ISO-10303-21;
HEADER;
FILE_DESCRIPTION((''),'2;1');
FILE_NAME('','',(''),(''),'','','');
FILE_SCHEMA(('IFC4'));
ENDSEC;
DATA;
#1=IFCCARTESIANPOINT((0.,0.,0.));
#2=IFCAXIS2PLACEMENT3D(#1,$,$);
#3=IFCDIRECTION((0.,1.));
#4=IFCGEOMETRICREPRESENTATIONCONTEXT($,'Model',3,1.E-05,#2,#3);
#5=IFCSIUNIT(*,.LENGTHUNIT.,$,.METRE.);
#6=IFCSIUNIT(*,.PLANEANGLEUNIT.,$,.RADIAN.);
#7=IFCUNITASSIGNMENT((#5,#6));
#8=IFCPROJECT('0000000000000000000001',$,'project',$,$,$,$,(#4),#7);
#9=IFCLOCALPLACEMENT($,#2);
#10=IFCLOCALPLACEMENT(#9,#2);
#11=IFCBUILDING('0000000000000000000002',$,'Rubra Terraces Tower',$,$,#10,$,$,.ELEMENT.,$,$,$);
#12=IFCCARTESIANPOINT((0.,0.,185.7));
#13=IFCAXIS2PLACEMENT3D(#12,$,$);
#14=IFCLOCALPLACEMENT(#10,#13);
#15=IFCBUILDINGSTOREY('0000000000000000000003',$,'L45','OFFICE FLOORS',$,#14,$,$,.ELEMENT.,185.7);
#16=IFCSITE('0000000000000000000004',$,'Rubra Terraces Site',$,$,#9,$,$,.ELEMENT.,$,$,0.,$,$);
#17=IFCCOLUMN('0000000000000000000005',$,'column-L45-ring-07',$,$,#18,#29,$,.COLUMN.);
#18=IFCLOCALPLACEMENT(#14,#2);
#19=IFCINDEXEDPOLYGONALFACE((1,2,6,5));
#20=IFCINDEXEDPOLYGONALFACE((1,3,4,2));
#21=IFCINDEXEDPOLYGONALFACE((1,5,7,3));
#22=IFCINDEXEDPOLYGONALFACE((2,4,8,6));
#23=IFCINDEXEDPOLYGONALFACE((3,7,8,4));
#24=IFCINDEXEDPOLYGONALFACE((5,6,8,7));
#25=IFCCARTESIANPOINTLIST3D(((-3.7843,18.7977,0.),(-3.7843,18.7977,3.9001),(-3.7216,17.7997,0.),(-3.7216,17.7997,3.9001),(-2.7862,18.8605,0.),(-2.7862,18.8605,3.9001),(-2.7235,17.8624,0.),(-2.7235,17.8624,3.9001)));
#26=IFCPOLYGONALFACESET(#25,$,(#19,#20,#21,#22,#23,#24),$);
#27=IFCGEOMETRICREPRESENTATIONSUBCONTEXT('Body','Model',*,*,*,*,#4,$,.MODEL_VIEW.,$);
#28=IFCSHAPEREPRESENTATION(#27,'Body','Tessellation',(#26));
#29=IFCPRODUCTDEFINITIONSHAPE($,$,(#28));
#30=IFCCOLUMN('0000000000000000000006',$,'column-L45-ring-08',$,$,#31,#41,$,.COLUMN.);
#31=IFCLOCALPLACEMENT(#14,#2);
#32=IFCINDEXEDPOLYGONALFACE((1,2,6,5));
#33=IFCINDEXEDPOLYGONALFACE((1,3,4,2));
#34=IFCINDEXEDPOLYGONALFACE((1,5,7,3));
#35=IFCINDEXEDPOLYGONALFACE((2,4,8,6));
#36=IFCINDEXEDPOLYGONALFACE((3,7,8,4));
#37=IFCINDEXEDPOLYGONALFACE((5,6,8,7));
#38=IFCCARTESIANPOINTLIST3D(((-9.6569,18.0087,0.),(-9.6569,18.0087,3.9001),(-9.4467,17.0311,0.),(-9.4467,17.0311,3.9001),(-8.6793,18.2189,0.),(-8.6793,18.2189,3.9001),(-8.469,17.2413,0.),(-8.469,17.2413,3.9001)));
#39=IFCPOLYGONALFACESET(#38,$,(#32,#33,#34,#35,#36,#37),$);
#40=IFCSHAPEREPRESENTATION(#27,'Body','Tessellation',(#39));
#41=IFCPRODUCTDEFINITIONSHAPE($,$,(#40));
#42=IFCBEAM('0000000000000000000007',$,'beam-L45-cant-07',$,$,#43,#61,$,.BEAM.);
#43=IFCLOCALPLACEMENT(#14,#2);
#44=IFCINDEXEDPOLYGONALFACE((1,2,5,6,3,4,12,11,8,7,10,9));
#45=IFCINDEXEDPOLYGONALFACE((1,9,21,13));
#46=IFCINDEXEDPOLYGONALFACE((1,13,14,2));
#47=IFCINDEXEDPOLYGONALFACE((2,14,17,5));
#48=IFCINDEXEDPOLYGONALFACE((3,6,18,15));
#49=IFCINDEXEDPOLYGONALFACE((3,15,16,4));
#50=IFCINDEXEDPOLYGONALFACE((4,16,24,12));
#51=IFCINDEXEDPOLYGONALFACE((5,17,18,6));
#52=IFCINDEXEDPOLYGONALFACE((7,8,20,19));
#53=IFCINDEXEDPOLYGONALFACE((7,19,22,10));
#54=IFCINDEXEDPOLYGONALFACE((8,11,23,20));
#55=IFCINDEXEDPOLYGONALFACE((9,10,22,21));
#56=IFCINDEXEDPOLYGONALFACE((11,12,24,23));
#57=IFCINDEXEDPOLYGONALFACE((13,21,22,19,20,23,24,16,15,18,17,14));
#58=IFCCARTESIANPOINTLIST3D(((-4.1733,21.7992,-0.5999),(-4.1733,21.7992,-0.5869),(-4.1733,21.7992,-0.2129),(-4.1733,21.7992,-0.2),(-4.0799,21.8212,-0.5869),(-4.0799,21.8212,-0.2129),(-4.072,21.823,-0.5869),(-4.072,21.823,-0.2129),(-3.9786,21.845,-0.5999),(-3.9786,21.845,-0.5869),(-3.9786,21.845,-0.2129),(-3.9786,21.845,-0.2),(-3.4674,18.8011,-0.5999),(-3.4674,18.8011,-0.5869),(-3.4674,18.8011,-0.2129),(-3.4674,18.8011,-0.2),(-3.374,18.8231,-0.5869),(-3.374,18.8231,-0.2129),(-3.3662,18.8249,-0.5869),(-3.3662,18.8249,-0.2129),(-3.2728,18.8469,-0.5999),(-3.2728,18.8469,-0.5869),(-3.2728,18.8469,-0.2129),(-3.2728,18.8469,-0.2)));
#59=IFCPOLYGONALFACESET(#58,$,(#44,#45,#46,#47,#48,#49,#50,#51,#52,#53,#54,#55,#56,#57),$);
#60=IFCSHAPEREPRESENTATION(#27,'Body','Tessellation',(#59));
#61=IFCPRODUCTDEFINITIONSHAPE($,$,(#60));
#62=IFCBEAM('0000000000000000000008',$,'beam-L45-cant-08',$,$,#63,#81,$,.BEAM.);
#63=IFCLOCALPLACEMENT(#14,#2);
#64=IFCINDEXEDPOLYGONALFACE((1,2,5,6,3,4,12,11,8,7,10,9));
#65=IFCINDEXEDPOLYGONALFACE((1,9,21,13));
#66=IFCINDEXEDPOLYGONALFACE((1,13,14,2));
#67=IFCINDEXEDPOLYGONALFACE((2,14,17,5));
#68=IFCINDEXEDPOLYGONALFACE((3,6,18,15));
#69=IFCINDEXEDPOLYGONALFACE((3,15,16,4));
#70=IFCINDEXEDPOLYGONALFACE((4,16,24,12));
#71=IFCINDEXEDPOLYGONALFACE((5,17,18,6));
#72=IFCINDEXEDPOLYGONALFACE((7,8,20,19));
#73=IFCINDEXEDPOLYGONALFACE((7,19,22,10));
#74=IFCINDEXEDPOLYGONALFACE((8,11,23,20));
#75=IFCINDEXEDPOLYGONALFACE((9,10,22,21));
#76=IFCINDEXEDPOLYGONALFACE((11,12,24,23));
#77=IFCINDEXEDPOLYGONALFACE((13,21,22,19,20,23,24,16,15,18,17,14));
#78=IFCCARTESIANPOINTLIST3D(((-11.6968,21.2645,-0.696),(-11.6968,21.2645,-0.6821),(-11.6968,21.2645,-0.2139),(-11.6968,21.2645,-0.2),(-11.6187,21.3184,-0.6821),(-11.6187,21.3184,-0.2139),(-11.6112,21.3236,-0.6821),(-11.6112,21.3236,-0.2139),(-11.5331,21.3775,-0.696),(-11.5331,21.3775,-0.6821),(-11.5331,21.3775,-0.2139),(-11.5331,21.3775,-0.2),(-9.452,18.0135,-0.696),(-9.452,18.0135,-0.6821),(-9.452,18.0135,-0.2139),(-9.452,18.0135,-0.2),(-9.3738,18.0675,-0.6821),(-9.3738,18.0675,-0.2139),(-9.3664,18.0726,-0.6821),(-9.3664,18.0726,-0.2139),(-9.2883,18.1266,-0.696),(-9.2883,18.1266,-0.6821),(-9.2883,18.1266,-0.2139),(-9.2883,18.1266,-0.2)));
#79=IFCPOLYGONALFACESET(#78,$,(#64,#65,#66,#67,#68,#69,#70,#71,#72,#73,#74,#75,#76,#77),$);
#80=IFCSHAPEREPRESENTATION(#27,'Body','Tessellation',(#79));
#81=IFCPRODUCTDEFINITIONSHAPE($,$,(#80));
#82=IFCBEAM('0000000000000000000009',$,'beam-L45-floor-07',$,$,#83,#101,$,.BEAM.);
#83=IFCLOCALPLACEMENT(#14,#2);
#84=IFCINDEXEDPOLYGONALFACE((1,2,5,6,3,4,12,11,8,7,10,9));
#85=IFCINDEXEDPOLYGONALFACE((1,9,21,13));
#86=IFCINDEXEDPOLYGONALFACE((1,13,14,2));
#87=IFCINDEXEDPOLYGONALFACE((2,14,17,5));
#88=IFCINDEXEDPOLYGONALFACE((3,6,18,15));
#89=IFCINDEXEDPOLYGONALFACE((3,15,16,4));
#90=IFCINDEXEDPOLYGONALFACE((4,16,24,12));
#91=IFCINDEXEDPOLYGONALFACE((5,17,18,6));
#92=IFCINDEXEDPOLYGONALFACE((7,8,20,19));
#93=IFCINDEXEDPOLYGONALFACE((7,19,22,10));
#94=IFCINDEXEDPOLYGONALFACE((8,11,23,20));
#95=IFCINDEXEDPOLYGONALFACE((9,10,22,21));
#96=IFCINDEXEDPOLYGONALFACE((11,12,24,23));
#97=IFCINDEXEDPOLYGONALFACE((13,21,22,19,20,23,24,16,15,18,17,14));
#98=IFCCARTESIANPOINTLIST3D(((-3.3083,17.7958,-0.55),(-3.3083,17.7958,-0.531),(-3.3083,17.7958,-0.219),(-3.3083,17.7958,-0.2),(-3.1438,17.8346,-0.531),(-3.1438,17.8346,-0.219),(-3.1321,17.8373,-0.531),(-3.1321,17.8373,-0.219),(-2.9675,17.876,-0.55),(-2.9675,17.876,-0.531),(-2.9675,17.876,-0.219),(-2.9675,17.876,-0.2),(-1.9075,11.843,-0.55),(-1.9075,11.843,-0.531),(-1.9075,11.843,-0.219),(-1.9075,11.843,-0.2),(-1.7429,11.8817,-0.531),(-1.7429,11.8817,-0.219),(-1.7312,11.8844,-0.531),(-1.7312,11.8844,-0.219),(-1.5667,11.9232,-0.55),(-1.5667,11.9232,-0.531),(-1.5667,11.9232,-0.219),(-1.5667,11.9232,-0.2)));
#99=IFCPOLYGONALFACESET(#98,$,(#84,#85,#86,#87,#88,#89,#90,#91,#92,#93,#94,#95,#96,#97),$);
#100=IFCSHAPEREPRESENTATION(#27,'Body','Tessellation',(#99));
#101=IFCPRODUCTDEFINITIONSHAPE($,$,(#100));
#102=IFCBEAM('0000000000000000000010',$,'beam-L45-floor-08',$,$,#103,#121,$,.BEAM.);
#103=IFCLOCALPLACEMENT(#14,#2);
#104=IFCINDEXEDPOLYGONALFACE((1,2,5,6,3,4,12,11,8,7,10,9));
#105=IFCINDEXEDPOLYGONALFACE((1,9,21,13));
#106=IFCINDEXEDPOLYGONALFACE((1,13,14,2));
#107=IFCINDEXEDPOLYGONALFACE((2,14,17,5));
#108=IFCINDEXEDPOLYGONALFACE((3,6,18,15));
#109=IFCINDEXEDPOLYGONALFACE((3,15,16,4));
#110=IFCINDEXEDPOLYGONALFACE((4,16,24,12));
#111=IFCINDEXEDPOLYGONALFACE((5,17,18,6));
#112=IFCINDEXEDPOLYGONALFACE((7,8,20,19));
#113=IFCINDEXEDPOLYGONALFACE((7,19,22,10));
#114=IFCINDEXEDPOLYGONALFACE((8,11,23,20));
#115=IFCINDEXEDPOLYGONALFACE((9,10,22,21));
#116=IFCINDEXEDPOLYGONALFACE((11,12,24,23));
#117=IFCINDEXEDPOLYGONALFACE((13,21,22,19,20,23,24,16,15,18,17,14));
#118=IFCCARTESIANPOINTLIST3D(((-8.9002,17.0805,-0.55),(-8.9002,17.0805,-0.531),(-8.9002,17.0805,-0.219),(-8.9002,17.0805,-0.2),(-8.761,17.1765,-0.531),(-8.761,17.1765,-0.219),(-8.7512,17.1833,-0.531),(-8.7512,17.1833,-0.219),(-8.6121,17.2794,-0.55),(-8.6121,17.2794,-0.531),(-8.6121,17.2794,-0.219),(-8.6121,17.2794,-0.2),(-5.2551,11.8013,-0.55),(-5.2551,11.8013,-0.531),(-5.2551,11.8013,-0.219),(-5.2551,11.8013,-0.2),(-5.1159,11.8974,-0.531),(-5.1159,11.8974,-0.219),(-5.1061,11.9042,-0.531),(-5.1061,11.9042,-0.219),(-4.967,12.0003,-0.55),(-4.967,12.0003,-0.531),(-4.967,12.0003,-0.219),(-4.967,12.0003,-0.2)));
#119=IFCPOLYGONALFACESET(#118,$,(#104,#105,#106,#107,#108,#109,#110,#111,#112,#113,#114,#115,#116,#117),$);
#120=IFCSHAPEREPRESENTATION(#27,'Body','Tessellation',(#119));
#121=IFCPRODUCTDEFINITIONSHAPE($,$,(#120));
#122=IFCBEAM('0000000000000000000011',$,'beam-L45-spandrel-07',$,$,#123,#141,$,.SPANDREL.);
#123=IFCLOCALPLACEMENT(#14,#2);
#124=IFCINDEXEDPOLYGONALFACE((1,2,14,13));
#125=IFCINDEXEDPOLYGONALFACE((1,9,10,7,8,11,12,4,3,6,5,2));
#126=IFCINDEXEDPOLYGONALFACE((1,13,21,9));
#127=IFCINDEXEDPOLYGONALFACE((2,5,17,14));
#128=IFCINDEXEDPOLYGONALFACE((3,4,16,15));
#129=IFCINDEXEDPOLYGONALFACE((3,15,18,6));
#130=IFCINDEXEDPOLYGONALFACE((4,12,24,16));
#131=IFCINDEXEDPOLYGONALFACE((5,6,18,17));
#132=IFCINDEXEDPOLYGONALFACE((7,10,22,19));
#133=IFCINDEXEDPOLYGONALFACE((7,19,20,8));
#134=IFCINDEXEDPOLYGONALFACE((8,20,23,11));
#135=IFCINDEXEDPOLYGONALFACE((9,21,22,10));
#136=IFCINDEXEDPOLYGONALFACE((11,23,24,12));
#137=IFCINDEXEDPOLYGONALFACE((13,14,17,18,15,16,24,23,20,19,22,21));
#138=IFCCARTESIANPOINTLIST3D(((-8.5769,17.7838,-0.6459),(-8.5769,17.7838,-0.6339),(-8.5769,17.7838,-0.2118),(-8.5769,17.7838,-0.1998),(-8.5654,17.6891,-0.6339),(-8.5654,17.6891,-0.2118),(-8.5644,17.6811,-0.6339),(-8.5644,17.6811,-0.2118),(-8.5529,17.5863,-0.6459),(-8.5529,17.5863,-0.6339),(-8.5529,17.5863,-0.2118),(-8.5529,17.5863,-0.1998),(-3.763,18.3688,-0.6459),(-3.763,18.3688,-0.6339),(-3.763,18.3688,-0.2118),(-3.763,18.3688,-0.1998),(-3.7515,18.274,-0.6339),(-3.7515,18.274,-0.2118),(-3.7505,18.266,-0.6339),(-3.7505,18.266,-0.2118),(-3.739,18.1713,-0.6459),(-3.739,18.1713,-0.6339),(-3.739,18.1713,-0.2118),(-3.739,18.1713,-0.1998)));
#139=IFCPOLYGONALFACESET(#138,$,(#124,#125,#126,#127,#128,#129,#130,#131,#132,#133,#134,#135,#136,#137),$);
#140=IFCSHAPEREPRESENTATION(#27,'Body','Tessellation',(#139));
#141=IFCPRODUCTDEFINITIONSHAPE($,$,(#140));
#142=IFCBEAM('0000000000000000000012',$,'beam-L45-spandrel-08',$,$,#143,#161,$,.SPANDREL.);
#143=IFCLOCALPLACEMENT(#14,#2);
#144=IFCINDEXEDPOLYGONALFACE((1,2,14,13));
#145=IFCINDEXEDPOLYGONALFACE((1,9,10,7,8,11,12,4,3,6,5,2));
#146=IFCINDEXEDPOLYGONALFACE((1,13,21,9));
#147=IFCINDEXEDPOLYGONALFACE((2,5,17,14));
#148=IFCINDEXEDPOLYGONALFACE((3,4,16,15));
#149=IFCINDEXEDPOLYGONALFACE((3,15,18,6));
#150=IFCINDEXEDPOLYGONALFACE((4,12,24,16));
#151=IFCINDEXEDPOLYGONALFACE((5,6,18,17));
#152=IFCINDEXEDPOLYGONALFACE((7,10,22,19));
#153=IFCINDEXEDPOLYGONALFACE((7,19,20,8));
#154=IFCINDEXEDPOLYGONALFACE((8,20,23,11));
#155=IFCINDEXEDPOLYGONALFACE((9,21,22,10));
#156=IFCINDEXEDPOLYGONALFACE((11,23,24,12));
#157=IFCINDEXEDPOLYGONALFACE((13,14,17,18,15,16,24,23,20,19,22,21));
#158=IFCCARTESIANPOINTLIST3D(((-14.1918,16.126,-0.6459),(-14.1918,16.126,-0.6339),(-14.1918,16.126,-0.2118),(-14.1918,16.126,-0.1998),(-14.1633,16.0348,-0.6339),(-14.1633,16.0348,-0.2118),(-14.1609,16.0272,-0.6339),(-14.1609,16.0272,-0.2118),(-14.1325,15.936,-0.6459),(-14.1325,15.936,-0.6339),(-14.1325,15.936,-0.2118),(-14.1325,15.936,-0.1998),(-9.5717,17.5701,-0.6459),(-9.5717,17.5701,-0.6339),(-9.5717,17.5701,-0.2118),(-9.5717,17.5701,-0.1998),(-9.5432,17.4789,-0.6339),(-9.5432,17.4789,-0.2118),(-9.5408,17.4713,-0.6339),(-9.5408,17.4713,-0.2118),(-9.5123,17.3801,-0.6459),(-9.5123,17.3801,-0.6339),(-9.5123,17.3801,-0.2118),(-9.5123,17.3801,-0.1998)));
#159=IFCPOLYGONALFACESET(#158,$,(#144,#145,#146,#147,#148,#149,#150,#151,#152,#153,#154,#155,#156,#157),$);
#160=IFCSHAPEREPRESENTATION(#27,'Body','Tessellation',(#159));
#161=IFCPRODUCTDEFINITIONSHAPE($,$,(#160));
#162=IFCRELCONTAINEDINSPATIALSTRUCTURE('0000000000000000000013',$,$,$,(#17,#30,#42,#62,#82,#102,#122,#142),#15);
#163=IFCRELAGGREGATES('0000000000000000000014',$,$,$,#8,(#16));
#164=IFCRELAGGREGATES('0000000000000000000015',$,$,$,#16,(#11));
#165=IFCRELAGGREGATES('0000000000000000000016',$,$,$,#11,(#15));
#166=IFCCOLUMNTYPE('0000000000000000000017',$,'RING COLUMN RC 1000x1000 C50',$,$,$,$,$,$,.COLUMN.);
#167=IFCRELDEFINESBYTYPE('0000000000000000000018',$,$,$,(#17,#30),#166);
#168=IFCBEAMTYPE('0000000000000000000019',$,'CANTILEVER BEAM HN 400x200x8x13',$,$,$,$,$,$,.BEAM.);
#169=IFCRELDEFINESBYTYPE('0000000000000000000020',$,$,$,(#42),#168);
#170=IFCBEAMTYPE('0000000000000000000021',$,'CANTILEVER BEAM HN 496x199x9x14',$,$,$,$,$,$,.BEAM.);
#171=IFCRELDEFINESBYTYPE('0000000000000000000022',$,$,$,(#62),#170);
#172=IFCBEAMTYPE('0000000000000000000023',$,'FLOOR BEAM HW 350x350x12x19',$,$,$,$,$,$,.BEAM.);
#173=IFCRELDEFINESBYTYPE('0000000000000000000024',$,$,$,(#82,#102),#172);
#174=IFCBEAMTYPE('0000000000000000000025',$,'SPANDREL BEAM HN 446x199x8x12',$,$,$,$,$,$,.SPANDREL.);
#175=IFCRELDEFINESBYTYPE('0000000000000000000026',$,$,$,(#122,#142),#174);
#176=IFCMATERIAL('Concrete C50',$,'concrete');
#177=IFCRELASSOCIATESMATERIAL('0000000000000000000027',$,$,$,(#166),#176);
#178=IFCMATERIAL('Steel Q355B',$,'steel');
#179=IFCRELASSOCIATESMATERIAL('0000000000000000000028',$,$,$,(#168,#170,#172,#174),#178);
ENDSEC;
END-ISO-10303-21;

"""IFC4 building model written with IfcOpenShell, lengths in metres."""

from ifc_helpers import new_model, si_unit, direction, frame, origin, origin_2d, place, context, subcontext, project, spatial, rectangle, i_section, extrude, material, material_profile, profile_set, type_object, element, save


model = new_model("IFC4")

# Units and contexts
model_context = context("Model", 3, precision=1e-05, world=origin(), true_north=direction((0.0, 1.0)))
body_context = subcontext(model_context, "Body", "Model", "MODEL_VIEW")
ifc_project = project(units=[si_unit("LENGTHUNIT", "METRE"), si_unit("PLANEANGLEUNIT", "RADIAN")], contexts=[model_context])

# Site, building, storey
site_placement = place(None, origin())
site = spatial("IfcSite", under=ifc_project, at=site_placement, Name="Rubra Terraces Site", CompositionType="ELEMENT", RefElevation=0.0)
building_placement = place(site_placement, origin())
building = spatial("IfcBuilding", under=site, at=building_placement, Name="Rubra Terraces Tower", CompositionType="ELEMENT")
storey_placement = place(building_placement, frame((0.0, 0.0, 185.7)))
storey = spatial("IfcBuildingStorey", under=building, at=storey_placement, Name="L45", Description="OFFICE FLOORS", CompositionType="ELEMENT", Elevation=185.7)

# Columns
ifc_material_1 = material(Name="Concrete C50", Category="concrete")
ifc_material_profile_1 = material_profile(ifc_material_1, rectangle(XDim=1.0, YDim=1.0, at=origin_2d()), Name="RC 1000x1000")
ifc_profile_set_1 = profile_set([ifc_material_profile_1], Name="Concrete C50")
column_type = type_object("IfcColumnType", Name="RING COLUMN RC 1000x1000 C50", PredefinedType="COLUMN", material=ifc_profile_set_1)
for number, where, z_axis, x_axis, name in (
    (1, (-3.2539, 18.3301, 0.0), (0.0, 0.0, 1.0), (-0.998032, -0.062714, 0.0), "column-L45-ring-07"),
    (2, (-9.063, 17.625, 0.0), (0.0, 0.0, 1.0), (-0.977653, -0.210227, 0.0), "column-L45-ring-08"),
):
    element("IfcColumn", number, at=place(storey_placement, frame(where, z_axis=z_axis, x_axis=x_axis)), inside=storey, type_object=column_type, Name=name, PredefinedType="COLUMN", context=body_context, shape_type="SweptSolid", body=[
        extrude(rectangle(XDim=1.0, YDim=1.0, at=origin_2d()), origin(), (0.0, 0.0, 1.0), 3.9001),
    ])

# Beams
ifc_material_2 = material(Name="Steel Q355B", Category="steel")
ifc_material_profile_2 = material_profile(ifc_material_2, i_section(OverallWidth=0.2, OverallDepth=0.3999, WebThickness=0.0081, FlangeThickness=0.0129, at=origin_2d()), Name="HN 400x200x8x13")
ifc_profile_set_2 = profile_set([ifc_material_profile_2], Name="Steel Q355B")
beam_type_1 = type_object("IfcBeamType", Name="CANTILEVER BEAM HN 400x200x8x13", PredefinedType="BEAM", material=ifc_profile_set_2)
beam_1_placement = place(storey_placement, frame((-3.3701, 18.824, -0.3999), z_axis=(-0.229159, 0.973389, 0.0), x_axis=(-0.973389, -0.229159, 0.0)))
element("IfcBeam", 3, at=beam_1_placement, inside=storey, type_object=beam_type_1, Name="beam-L45-cant-07", PredefinedType="BEAM", context=body_context, shape_type="SweptSolid", body=[
    extrude(i_section(OverallWidth=0.2, OverallDepth=0.3999, WebThickness=0.0081, FlangeThickness=0.0129, at=origin_2d()), origin(), (0.0, 0.0, 1.0), 3.0801),
])
ifc_material_profile_3 = material_profile(ifc_material_2, i_section(OverallWidth=0.199, OverallDepth=0.4961, WebThickness=0.009, FlangeThickness=0.0139, at=origin_2d()), Name="HN 496x199x9x14")
ifc_profile_set_3 = profile_set([ifc_material_profile_3], Name="Steel Q355B")
beam_type_2 = type_object("IfcBeamType", Name="CANTILEVER BEAM HN 496x199x9x14", PredefinedType="BEAM", material=ifc_profile_set_3)
beam_2_placement = place(storey_placement, frame((-9.3701, 18.0701, -0.448), z_axis=(-0.568217, 0.822879, 0.0), x_axis=(-0.822879, -0.568217, 0.0)))
element("IfcBeam", 4, at=beam_2_placement, inside=storey, type_object=beam_type_2, Name="beam-L45-cant-08", PredefinedType="BEAM", context=body_context, shape_type="SweptSolid", body=[
    extrude(i_section(OverallWidth=0.199, OverallDepth=0.4961, WebThickness=0.009, FlangeThickness=0.0139, at=origin_2d()), origin(), (0.0, 0.0, 1.0), 3.9507),
])
ifc_material_profile_4 = material_profile(ifc_material_2, i_section(OverallWidth=0.3501, OverallDepth=0.3501, WebThickness=0.012, FlangeThickness=0.019, at=origin_2d()), Name="HW 350x350x12x19")
ifc_profile_set_4 = profile_set([ifc_material_profile_4], Name="Steel Q355B")
beam_type_3 = type_object("IfcBeamType", Name="FLOOR BEAM HW 350x350x12x19", PredefinedType="BEAM", material=ifc_profile_set_4)
beam_3_placement = place(storey_placement, frame((-3.1379, 17.8359, -0.375), z_axis=(0.22907, -0.97341, 0.0), x_axis=(0.97341, 0.22907, 0.0)))
element("IfcBeam", 5, at=beam_3_placement, inside=storey, type_object=beam_type_3, Name="beam-L45-floor-07", PredefinedType="BEAM", context=body_context, shape_type="SweptSolid", body=[
    extrude(i_section(OverallWidth=0.3501, OverallDepth=0.3501, WebThickness=0.012, FlangeThickness=0.019, at=origin_2d()), origin(), (0.0, 0.0, 1.0), 6.1155),
])
beam_4_placement = place(storey_placement, frame((-8.7561, 17.1799, -0.375), z_axis=(0.568186, -0.8229, 0.0), x_axis=(0.8229, 0.568186, 0.0)))
element("IfcBeam", 6, at=beam_4_placement, inside=storey, type_object=beam_type_3, Name="beam-L45-floor-08", PredefinedType="BEAM", context=body_context, shape_type="SweptSolid", body=[
    extrude(i_section(OverallWidth=0.3501, OverallDepth=0.3501, WebThickness=0.012, FlangeThickness=0.019, at=origin_2d()), origin(), (0.0, 0.0, 1.0), 6.4153),
])
ifc_material_profile_5 = material_profile(ifc_material_2, i_section(OverallWidth=0.199, OverallDepth=0.446, WebThickness=0.0081, FlangeThickness=0.012, at=origin_2d()), Name="HN 446x199x8x12")
ifc_profile_set_5 = profile_set([ifc_material_profile_5], Name="Steel Q355B")
beam_type_4 = type_object("IfcBeamType", Name="SPANDREL BEAM HN 446x199x8x12", PredefinedType="SPANDREL", material=ifc_profile_set_5)
beam_5_placement = place(storey_placement, frame((-3.751, 18.27, -0.4229), z_axis=(-0.992698, -0.120626, 0.0), x_axis=(0.120626, -0.992698, 0.0)))
element("IfcBeam", 7, at=beam_5_placement, inside=storey, type_object=beam_type_4, Name="beam-L45-spandrel-07", PredefinedType="SPANDREL", context=body_context, shape_type="SweptSolid", body=[
    extrude(i_section(OverallWidth=0.199, OverallDepth=0.446, WebThickness=0.0081, FlangeThickness=0.012, at=origin_2d()), origin(), (0.0, 0.0, 1.0), 4.8494),
])
beam_6_placement = place(storey_placement, frame((-9.542, 17.4751, -0.4229), z_axis=(-0.954462, -0.298332, 0.0), x_axis=(0.298332, -0.954462, 0.0)))
element("IfcBeam", 8, at=beam_6_placement, inside=storey, type_object=beam_type_4, Name="beam-L45-spandrel-08", PredefinedType="SPANDREL", context=body_context, shape_type="SweptSolid", body=[
    extrude(i_section(OverallWidth=0.199, OverallDepth=0.446, WebThickness=0.0081, FlangeThickness=0.012, at=origin_2d()), origin(), (0.0, 0.0, 1.0), 4.8406),
])

save(model, "model.ifc")
